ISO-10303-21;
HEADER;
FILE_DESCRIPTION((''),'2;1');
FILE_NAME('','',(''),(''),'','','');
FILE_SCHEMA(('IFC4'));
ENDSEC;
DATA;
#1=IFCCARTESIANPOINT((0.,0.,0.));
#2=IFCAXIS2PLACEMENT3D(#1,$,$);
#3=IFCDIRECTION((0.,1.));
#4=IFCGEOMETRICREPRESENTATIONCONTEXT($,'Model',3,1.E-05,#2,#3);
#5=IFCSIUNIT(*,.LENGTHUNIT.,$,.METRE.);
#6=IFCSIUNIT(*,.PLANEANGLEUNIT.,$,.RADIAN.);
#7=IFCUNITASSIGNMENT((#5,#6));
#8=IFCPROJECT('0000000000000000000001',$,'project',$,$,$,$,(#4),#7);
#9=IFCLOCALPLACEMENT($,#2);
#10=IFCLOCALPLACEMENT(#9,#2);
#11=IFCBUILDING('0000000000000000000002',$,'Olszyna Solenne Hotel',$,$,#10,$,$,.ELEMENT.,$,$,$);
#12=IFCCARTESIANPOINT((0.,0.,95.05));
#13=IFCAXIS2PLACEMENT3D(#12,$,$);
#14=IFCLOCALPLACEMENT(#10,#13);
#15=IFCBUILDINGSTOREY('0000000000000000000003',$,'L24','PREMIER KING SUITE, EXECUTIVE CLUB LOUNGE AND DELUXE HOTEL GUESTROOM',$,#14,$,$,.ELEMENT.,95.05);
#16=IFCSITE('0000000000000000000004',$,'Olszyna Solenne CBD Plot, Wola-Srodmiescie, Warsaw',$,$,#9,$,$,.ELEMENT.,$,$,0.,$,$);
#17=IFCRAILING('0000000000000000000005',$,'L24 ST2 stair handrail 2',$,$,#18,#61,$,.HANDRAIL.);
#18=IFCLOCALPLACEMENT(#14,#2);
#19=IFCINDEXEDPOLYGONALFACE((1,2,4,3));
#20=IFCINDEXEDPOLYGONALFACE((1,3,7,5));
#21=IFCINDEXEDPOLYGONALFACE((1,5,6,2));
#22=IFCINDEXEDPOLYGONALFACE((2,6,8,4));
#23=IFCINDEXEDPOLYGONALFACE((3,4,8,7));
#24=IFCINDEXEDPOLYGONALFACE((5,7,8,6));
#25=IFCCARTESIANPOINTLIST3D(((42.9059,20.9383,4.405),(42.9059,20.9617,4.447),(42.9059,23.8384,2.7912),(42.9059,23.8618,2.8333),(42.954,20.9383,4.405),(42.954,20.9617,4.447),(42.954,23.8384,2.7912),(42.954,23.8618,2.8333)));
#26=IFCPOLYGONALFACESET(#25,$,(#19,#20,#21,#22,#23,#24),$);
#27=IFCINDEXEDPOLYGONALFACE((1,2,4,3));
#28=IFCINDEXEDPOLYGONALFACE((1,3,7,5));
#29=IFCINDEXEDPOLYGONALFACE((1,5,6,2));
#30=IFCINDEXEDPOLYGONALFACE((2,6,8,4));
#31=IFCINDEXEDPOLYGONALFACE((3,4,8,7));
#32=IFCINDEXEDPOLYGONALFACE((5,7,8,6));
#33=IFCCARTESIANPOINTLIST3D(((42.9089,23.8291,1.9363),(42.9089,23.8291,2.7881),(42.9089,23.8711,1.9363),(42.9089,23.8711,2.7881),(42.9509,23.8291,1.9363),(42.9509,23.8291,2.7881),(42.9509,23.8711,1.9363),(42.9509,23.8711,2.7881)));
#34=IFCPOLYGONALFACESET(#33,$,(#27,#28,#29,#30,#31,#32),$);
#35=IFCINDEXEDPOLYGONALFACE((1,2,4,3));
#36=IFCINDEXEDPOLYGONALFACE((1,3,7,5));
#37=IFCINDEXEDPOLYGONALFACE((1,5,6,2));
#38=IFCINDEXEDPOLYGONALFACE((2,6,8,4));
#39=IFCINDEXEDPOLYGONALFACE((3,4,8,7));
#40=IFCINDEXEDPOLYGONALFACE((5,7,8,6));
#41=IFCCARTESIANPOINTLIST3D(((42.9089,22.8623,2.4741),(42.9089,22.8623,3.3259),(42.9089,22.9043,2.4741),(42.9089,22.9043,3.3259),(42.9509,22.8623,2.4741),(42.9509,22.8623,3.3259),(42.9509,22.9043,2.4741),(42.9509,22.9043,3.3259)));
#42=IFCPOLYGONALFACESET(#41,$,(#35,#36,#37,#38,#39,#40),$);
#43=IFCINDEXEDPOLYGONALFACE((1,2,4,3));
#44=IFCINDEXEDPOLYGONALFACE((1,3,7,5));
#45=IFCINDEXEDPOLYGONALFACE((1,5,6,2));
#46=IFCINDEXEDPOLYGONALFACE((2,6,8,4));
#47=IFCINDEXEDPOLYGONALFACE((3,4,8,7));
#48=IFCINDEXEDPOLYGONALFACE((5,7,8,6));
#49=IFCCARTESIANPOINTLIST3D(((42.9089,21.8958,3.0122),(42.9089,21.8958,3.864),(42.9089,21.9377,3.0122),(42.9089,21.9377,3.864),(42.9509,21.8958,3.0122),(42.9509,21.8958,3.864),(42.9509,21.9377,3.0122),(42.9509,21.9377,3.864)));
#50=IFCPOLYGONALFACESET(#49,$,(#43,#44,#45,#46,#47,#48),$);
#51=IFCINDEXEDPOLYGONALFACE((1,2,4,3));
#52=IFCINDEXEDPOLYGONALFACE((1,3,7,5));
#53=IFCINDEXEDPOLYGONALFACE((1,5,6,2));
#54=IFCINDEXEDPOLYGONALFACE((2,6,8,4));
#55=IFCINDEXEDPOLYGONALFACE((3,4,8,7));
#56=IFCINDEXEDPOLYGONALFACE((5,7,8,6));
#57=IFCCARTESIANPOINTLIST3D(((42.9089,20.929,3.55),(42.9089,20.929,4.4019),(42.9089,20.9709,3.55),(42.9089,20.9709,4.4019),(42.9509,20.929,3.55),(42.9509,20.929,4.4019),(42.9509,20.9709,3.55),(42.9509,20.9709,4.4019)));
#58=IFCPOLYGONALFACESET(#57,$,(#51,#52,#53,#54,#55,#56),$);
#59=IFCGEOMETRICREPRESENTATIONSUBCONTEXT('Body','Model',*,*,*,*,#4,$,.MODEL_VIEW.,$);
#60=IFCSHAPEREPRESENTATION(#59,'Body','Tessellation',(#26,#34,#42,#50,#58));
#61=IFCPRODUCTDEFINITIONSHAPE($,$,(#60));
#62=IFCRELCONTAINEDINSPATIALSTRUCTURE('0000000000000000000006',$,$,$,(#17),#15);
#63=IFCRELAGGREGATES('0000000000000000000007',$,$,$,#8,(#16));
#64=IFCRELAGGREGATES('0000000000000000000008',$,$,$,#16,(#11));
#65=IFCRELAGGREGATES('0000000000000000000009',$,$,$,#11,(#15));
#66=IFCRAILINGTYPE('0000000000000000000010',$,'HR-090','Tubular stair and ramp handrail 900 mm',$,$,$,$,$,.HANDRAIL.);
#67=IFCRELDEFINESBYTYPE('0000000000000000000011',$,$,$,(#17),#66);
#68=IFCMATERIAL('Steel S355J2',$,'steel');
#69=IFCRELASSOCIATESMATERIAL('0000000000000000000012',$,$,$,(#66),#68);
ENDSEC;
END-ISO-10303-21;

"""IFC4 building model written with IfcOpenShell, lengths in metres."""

from ifc_helpers import new_model, si_unit, direction, frame, origin, origin_2d, place, context, subcontext, project, spatial, rectangle, extrude, material, type_object, element, save


model = new_model("IFC4")

# Units and contexts
model_context = context("Model", 3, precision=1e-05, world=origin(), true_north=direction((0.0, 1.0)))
body_context = subcontext(model_context, "Body", "Model", "MODEL_VIEW")
ifc_project = project(units=[si_unit("LENGTHUNIT", "METRE"), si_unit("PLANEANGLEUNIT", "RADIAN")], contexts=[model_context])

# Site, building, storey
site_placement = place(None, origin())
site = spatial("IfcSite", under=ifc_project, at=site_placement, Name="Olszyna Solenne CBD Plot, Wola-Srodmiescie, Warsaw", CompositionType="ELEMENT", RefElevation=0.0)
building_placement = place(site_placement, origin())
building = spatial("IfcBuilding", under=site, at=building_placement, Name="Olszyna Solenne Hotel", CompositionType="ELEMENT")
storey_placement = place(building_placement, frame((0.0, 0.0, 95.05)))
storey = spatial("IfcBuildingStorey", under=building, at=storey_placement, Name="L24", Description="PREMIER KING SUITE, EXECUTIVE CLUB LOUNGE AND DELUXE HOTEL GUESTROOM", CompositionType="ELEMENT", Elevation=95.05)

# Shared definitions
ifc_material_1 = material(Name="Steel S355J2", Category="steel")

# Railing
railing_type_1 = type_object("IfcRailingType", Name="HR-090", Description="Tubular stair and ramp handrail 900 mm", PredefinedType="HANDRAIL", material=ifc_material_1)
railing_1_placement = place(storey_placement, frame((42.9299, 23.8501, 1.9363)))
element("IfcRailing", 1, at=railing_1_placement, inside=storey, type_object=railing_type_1, Name="L24 ST2 stair handrail 2", PredefinedType="HANDRAIL", context=body_context, shape_type="SweptSolid", body=[
    extrude(rectangle(XDim=0.0481, YDim=0.0481, at=origin_2d()), frame((0.0, 0.0, 0.876), z_axis=(0.0, -0.873827, 0.486236), x_axis=(1.0, 0.0, 0.0)), (0.0, 0.0, 1.0), 3.3188),
    extrude(rectangle(XDim=0.042, YDim=0.042, at=origin_2d()), origin(), (0.0, 0.0, 1.0), 0.8518),
    extrude(rectangle(XDim=0.042, YDim=0.042, at=origin_2d()), frame((0.0, -0.9668, 0.5378)), (0.0, 0.0, 1.0), 0.8518),
    extrude(rectangle(XDim=0.042, YDim=0.042, at=origin_2d()), frame((0.0, -1.9333, 1.0759)), (0.0, 0.0, 1.0), 0.8518),
    extrude(rectangle(XDim=0.042, YDim=0.042, at=origin_2d()), frame((0.0, -2.9001, 1.6138)), (0.0, 0.0, 1.0), 0.8518),
])

save(model, "model.ifc")
